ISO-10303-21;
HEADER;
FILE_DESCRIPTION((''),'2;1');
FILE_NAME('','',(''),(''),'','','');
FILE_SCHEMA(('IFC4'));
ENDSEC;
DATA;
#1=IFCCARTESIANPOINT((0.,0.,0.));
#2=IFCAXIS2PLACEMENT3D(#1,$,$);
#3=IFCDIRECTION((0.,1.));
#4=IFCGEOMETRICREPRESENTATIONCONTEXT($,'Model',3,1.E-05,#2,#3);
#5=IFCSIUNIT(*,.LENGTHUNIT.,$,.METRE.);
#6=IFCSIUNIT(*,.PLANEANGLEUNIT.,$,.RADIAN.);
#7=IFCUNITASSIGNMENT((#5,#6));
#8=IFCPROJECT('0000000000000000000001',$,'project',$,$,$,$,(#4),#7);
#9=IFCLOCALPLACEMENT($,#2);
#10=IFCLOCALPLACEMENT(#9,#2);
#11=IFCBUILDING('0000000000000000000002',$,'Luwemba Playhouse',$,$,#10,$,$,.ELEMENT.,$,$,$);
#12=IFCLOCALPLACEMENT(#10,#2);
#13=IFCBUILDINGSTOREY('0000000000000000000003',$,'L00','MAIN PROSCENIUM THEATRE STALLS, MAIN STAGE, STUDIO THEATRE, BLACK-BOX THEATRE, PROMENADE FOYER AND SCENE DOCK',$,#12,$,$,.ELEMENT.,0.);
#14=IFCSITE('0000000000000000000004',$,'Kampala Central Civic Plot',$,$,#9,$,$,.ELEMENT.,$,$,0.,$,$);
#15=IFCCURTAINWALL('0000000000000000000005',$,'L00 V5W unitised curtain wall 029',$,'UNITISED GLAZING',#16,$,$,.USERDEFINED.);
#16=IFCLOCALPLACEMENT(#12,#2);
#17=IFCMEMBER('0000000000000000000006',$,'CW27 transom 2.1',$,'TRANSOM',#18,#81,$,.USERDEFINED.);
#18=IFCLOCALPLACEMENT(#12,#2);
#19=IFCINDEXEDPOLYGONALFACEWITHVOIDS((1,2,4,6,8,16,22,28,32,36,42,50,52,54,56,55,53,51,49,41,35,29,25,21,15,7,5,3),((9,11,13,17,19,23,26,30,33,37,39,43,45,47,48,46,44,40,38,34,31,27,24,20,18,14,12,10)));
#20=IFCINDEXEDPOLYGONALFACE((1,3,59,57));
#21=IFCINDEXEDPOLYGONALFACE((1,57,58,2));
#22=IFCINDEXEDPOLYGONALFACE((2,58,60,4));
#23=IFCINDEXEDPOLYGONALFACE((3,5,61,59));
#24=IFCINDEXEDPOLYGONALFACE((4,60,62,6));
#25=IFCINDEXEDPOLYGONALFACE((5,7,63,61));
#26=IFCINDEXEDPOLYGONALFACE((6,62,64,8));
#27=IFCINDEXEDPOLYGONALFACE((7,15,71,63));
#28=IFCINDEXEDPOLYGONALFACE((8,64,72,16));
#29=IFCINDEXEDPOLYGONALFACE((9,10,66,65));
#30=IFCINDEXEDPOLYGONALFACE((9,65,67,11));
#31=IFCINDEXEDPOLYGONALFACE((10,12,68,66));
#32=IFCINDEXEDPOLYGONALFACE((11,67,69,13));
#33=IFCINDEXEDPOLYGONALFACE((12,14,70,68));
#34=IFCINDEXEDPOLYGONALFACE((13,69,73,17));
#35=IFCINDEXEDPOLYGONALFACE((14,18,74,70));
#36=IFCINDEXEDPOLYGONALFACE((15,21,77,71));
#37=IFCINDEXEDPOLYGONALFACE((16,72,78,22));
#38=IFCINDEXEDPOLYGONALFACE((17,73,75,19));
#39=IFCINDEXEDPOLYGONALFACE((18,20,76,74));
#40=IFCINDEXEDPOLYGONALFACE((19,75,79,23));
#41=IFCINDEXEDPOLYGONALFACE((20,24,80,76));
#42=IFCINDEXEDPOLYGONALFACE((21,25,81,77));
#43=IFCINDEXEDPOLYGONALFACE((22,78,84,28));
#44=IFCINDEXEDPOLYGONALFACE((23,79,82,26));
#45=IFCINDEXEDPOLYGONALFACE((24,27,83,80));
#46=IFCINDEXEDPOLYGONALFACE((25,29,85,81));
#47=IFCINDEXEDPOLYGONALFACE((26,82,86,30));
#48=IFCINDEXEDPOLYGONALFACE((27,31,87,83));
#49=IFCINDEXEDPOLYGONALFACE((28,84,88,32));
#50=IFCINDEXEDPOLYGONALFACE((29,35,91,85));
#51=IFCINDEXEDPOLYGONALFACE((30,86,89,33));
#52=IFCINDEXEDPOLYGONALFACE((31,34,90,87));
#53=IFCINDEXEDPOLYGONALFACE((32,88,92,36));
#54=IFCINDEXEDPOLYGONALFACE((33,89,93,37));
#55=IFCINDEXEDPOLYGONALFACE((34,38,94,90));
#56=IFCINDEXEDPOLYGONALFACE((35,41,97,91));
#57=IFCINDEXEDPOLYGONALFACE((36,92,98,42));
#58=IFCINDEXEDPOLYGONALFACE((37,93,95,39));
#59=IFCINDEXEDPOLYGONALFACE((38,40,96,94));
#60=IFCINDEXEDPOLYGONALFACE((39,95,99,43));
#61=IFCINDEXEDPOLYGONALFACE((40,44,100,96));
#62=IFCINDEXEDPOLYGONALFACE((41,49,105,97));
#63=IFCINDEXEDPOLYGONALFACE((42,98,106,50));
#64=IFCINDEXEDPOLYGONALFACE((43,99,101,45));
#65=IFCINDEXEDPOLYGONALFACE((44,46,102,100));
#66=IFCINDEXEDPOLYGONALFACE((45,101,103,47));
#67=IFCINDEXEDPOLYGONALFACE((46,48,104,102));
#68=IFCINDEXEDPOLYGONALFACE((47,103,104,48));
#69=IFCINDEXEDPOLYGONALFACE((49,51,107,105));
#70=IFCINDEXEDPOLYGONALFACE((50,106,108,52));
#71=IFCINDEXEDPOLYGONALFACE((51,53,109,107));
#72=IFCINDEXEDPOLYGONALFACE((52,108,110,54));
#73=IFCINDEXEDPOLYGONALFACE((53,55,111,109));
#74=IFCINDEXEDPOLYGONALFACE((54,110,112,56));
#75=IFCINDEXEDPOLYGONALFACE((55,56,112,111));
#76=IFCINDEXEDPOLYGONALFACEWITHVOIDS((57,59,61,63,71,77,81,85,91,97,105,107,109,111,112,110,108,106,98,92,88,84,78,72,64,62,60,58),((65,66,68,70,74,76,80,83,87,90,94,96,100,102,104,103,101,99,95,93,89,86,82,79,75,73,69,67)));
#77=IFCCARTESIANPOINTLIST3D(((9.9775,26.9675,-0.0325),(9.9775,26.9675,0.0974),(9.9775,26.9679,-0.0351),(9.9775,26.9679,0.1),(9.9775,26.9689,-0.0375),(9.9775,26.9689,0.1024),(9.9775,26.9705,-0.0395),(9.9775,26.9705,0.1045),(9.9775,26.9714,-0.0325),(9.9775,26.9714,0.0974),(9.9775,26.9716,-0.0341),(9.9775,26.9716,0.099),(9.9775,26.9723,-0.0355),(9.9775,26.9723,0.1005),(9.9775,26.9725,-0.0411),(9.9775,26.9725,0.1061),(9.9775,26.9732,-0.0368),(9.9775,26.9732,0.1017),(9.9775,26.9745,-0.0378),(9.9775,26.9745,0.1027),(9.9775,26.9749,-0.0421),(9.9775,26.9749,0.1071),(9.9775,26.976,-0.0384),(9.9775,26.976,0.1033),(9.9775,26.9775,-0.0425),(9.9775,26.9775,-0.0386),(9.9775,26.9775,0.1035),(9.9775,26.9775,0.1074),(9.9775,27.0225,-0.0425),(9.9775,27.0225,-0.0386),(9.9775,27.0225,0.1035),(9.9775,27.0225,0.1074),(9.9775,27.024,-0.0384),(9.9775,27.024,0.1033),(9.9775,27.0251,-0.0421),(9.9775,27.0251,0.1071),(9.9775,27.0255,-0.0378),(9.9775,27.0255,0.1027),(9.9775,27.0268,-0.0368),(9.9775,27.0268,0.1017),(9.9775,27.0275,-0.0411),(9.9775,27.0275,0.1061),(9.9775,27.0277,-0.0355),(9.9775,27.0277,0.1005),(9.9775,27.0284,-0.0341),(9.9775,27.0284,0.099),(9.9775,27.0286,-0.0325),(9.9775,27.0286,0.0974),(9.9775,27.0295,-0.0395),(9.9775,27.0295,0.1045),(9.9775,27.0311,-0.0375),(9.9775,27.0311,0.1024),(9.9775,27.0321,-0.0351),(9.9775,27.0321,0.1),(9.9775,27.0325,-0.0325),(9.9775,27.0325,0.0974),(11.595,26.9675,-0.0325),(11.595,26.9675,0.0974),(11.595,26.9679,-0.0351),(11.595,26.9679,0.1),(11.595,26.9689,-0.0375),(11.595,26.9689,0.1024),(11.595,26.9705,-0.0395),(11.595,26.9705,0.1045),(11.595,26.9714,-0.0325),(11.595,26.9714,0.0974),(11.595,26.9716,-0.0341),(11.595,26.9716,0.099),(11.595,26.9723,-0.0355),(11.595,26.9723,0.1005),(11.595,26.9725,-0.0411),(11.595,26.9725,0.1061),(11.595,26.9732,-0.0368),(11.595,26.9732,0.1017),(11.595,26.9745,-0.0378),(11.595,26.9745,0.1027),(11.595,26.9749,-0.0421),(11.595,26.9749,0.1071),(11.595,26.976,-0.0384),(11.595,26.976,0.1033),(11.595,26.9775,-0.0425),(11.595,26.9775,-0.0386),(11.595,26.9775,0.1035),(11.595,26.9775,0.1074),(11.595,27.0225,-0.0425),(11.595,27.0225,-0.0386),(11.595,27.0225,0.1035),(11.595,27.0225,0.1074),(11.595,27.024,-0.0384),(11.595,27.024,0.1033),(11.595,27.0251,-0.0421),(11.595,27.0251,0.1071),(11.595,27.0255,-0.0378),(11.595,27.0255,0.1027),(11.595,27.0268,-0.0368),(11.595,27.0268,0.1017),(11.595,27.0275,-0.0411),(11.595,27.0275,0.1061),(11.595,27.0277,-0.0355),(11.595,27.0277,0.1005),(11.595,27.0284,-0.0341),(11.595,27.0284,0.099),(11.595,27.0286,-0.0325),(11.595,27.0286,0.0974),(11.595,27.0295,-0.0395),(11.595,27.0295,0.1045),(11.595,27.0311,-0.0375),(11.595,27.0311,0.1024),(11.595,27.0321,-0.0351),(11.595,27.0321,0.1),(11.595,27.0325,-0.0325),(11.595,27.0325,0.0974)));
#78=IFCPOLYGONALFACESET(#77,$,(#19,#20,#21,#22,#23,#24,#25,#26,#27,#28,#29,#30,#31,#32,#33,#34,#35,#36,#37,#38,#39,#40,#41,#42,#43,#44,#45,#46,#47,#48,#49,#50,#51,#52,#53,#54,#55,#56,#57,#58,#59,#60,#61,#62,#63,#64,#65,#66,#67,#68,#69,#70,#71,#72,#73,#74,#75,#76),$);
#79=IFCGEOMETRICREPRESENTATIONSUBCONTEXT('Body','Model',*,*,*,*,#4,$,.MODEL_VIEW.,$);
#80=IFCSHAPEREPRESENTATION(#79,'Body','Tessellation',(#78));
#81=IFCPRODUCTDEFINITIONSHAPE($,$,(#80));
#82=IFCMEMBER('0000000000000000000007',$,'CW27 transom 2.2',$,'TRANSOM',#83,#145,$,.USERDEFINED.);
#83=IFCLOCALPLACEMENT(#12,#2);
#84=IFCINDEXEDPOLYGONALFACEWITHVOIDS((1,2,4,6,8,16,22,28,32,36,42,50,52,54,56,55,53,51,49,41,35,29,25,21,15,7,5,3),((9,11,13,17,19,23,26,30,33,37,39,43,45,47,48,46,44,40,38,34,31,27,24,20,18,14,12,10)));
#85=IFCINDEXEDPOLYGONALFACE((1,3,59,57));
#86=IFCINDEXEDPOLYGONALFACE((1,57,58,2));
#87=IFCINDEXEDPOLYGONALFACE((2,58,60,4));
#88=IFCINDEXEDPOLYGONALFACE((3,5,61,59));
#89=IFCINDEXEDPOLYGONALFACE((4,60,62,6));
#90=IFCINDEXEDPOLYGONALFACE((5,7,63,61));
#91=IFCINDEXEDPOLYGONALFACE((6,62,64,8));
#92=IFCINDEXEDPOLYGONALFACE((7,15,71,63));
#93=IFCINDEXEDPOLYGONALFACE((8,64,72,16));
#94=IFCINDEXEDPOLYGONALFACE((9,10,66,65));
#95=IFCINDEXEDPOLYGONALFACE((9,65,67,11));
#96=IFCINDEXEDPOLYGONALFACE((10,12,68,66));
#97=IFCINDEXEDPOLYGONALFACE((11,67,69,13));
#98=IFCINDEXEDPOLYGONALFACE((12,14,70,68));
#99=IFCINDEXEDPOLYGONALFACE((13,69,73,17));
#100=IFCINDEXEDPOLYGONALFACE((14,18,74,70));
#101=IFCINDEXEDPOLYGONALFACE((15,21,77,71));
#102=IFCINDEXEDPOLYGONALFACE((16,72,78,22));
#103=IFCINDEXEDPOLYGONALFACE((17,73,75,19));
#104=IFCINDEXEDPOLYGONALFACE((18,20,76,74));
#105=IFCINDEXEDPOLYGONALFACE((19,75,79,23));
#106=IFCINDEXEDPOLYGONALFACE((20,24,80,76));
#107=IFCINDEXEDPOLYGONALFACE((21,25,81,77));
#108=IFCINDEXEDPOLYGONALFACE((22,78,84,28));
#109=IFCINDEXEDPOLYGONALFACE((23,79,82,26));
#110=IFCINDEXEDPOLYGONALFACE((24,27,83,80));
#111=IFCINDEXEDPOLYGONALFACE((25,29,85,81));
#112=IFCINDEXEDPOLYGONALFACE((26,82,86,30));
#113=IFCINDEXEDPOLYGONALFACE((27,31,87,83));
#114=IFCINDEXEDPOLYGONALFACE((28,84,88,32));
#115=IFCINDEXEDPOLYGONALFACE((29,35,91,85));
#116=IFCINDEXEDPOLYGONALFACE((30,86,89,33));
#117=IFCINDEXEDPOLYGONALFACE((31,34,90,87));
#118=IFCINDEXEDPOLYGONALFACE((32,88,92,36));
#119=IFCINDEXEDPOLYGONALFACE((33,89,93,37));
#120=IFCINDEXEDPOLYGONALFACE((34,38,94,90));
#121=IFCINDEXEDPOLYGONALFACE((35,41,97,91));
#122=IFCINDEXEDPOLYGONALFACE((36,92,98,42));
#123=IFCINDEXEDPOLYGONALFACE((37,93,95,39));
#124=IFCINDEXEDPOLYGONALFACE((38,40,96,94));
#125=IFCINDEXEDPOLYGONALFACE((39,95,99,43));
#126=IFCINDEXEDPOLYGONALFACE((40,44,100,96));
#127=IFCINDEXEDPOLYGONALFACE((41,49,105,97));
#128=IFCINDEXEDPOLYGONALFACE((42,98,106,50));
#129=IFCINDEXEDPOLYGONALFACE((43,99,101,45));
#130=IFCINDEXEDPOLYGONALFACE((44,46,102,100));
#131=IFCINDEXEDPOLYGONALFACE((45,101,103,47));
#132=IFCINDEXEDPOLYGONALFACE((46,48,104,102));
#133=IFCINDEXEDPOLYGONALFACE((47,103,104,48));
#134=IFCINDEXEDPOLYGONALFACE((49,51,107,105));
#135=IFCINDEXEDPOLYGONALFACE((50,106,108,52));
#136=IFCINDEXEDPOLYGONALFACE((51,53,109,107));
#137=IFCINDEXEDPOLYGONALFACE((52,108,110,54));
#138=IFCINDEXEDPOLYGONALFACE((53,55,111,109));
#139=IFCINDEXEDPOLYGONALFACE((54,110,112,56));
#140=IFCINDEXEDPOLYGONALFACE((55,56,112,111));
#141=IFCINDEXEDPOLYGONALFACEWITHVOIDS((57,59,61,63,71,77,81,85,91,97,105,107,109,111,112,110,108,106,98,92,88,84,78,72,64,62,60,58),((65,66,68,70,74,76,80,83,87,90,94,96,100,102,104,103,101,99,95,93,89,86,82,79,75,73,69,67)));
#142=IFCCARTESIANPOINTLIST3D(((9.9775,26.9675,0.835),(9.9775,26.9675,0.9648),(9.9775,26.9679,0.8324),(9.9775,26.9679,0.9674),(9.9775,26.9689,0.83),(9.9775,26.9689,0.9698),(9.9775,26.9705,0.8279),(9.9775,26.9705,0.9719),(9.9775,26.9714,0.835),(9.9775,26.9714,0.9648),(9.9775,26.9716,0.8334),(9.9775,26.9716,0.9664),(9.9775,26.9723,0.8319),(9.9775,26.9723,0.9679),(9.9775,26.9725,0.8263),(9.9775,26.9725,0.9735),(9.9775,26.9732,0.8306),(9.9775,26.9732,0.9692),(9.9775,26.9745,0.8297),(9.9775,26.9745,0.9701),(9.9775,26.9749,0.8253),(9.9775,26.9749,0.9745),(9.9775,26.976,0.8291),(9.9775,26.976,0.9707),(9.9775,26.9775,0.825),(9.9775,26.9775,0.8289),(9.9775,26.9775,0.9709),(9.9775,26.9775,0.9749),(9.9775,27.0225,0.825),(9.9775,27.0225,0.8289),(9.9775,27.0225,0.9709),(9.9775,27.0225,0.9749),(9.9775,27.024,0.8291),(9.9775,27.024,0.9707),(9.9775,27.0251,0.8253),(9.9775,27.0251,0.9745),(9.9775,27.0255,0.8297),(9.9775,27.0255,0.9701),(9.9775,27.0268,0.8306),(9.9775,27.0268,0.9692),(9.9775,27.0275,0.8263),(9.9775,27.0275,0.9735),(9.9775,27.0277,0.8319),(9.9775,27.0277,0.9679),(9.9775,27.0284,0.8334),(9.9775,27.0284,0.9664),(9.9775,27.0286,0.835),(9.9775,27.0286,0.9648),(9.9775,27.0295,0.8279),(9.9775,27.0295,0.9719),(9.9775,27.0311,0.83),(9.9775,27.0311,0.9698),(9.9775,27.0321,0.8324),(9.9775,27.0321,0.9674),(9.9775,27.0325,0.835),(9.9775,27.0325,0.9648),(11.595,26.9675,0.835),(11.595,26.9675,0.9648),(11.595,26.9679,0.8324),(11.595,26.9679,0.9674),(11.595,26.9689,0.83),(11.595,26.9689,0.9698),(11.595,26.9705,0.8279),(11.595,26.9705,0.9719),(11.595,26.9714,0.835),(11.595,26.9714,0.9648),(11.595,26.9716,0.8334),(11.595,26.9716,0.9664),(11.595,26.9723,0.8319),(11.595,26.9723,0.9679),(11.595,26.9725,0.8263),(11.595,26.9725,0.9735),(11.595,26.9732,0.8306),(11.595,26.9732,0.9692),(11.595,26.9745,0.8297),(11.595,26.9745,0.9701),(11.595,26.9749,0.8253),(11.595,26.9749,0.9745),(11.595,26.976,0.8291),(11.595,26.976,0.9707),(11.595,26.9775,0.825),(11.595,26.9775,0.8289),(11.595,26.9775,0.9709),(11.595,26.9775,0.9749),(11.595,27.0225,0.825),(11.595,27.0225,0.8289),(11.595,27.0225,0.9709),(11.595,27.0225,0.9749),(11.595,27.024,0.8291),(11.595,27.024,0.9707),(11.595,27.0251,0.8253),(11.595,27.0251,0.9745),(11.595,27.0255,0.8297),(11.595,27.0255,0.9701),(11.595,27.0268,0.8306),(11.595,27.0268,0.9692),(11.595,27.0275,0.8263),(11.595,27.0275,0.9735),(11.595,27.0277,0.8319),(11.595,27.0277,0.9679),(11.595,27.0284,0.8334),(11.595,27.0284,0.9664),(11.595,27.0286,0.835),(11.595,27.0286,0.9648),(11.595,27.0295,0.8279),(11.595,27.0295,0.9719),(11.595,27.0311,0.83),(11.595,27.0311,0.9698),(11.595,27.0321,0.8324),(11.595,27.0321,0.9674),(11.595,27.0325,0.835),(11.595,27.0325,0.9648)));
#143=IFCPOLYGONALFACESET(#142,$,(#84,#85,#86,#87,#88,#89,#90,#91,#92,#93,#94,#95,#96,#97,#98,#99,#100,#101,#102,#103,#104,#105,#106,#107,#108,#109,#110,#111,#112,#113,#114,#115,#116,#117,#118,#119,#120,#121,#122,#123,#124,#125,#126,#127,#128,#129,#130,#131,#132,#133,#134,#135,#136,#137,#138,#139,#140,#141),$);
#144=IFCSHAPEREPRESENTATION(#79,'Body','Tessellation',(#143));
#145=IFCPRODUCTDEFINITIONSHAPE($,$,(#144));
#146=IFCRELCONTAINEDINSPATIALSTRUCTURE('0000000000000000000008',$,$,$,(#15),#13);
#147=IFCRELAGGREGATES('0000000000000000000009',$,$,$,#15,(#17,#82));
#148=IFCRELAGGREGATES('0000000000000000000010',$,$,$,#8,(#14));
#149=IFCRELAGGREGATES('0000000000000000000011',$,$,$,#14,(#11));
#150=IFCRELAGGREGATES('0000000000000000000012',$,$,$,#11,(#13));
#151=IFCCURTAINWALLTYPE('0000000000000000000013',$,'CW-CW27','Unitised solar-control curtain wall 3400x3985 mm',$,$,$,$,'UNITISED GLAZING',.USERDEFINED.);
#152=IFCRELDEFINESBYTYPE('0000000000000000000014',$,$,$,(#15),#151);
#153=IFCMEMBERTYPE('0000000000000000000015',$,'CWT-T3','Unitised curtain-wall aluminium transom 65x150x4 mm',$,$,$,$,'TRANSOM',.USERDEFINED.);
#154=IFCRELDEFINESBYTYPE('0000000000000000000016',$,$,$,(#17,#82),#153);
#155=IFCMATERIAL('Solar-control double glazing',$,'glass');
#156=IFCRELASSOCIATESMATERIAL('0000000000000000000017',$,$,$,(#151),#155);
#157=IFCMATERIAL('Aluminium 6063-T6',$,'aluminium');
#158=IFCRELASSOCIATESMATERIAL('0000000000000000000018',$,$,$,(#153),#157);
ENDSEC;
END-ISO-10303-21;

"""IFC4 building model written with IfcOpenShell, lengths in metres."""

from ifc_helpers import new_model, si_unit, direction, frame, origin, origin_2d, place, context, subcontext, project, spatial, hollow_rectangle, extrude, material, material_profile, profile_set, type_object, element, aggregate, save


model = new_model("IFC4")

# Units and contexts
model_context = context("Model", 3, precision=1e-05, world=origin(), true_north=direction((0.0, 1.0)))
body_context = subcontext(model_context, "Body", "Model", "MODEL_VIEW")
ifc_project = project(units=[si_unit("LENGTHUNIT", "METRE"), si_unit("PLANEANGLEUNIT", "RADIAN")], contexts=[model_context])

# Site, building, storey
site_placement = place(None, origin())
site = spatial("IfcSite", under=ifc_project, at=site_placement, Name="Kampala Central Civic Plot", CompositionType="ELEMENT", RefElevation=0.0)
building_placement = place(site_placement, origin())
building = spatial("IfcBuilding", under=site, at=building_placement, Name="Luwemba Playhouse", CompositionType="ELEMENT")
storey_placement = place(building_placement, origin())
storey = spatial("IfcBuildingStorey", under=building, at=storey_placement, Name="L00", Description="MAIN PROSCENIUM THEATRE STALLS, MAIN STAGE, STUDIO THEATRE, BLACK-BOX THEATRE, PROMENADE FOYER AND SCENE DOCK", CompositionType="ELEMENT", Elevation=0.0)

# Curtain wall
ifc_material_1 = material(Name="Solar-control double glazing", Category="glass")
ifc_material_2 = material(Name="Aluminium 6063-T6", Category="aluminium")
curtain_wall_type_1 = type_object("IfcCurtainWallType", Name="CW-CW27", Description="Unitised solar-control curtain wall 3400x3985 mm", ElementType="UNITISED GLAZING", PredefinedType="USERDEFINED", material=ifc_material_1)
curtain_wall_1_placement = place(storey_placement, origin())
curtain_wall_1 = element("IfcCurtainWall", 1, at=curtain_wall_1_placement, inside=storey, type_object=curtain_wall_type_1, Name="L00 V5W unitised curtain wall 029", ObjectType="UNITISED GLAZING", PredefinedType="USERDEFINED")

# Members
ifc_material_profile_1 = material_profile(ifc_material_2, hollow_rectangle(XDim=0.0649, YDim=0.1499, WallThickness=0.0039, InnerFilletRadius=0.0061, OuterFilletRadius=0.01, at=origin_2d()))
ifc_profile_set_1 = profile_set([ifc_material_profile_1], Name="Aluminium 6063-T6")
member_type_1 = type_object("IfcMemberType", Name="CWT-T3", Description="Unitised curtain-wall aluminium transom 65x150x4 mm", ElementType="TRANSOM", PredefinedType="USERDEFINED", material=ifc_profile_set_1)
member_1_placement = place(storey_placement, frame((9.9775, 27.0, 0.0325), z_axis=(1.0, 0.0, 0.0), x_axis=(0.0, 1.0, 0.0)))
member_1 = element("IfcMember", 2, at=member_1_placement, type_object=member_type_1, Name="CW27 transom 2.1", ObjectType="TRANSOM", PredefinedType="USERDEFINED", context=body_context, shape_type="SweptSolid", body=[
    extrude(hollow_rectangle(XDim=0.0649, YDim=0.1499, WallThickness=0.0039, InnerFilletRadius=0.0061, OuterFilletRadius=0.01, at=origin_2d()), origin(), (0.0, 0.0, 1.0), 1.6174),
])
member_2_placement = place(storey_placement, frame((9.9775, 27.0, 0.8999), z_axis=(1.0, 0.0, 0.0), x_axis=(0.0, 1.0, 0.0)))
member_2 = element("IfcMember", 3, at=member_2_placement, type_object=member_type_1, Name="CW27 transom 2.2", ObjectType="TRANSOM", PredefinedType="USERDEFINED", context=body_context, shape_type="SweptSolid", body=[
    extrude(hollow_rectangle(XDim=0.0649, YDim=0.1499, WallThickness=0.0039, InnerFilletRadius=0.0061, OuterFilletRadius=0.01, at=origin_2d()), origin(), (0.0, 0.0, 1.0), 1.6174),
])

aggregate(curtain_wall_1, [member_1, member_2])

save(model, "model.ifc")
